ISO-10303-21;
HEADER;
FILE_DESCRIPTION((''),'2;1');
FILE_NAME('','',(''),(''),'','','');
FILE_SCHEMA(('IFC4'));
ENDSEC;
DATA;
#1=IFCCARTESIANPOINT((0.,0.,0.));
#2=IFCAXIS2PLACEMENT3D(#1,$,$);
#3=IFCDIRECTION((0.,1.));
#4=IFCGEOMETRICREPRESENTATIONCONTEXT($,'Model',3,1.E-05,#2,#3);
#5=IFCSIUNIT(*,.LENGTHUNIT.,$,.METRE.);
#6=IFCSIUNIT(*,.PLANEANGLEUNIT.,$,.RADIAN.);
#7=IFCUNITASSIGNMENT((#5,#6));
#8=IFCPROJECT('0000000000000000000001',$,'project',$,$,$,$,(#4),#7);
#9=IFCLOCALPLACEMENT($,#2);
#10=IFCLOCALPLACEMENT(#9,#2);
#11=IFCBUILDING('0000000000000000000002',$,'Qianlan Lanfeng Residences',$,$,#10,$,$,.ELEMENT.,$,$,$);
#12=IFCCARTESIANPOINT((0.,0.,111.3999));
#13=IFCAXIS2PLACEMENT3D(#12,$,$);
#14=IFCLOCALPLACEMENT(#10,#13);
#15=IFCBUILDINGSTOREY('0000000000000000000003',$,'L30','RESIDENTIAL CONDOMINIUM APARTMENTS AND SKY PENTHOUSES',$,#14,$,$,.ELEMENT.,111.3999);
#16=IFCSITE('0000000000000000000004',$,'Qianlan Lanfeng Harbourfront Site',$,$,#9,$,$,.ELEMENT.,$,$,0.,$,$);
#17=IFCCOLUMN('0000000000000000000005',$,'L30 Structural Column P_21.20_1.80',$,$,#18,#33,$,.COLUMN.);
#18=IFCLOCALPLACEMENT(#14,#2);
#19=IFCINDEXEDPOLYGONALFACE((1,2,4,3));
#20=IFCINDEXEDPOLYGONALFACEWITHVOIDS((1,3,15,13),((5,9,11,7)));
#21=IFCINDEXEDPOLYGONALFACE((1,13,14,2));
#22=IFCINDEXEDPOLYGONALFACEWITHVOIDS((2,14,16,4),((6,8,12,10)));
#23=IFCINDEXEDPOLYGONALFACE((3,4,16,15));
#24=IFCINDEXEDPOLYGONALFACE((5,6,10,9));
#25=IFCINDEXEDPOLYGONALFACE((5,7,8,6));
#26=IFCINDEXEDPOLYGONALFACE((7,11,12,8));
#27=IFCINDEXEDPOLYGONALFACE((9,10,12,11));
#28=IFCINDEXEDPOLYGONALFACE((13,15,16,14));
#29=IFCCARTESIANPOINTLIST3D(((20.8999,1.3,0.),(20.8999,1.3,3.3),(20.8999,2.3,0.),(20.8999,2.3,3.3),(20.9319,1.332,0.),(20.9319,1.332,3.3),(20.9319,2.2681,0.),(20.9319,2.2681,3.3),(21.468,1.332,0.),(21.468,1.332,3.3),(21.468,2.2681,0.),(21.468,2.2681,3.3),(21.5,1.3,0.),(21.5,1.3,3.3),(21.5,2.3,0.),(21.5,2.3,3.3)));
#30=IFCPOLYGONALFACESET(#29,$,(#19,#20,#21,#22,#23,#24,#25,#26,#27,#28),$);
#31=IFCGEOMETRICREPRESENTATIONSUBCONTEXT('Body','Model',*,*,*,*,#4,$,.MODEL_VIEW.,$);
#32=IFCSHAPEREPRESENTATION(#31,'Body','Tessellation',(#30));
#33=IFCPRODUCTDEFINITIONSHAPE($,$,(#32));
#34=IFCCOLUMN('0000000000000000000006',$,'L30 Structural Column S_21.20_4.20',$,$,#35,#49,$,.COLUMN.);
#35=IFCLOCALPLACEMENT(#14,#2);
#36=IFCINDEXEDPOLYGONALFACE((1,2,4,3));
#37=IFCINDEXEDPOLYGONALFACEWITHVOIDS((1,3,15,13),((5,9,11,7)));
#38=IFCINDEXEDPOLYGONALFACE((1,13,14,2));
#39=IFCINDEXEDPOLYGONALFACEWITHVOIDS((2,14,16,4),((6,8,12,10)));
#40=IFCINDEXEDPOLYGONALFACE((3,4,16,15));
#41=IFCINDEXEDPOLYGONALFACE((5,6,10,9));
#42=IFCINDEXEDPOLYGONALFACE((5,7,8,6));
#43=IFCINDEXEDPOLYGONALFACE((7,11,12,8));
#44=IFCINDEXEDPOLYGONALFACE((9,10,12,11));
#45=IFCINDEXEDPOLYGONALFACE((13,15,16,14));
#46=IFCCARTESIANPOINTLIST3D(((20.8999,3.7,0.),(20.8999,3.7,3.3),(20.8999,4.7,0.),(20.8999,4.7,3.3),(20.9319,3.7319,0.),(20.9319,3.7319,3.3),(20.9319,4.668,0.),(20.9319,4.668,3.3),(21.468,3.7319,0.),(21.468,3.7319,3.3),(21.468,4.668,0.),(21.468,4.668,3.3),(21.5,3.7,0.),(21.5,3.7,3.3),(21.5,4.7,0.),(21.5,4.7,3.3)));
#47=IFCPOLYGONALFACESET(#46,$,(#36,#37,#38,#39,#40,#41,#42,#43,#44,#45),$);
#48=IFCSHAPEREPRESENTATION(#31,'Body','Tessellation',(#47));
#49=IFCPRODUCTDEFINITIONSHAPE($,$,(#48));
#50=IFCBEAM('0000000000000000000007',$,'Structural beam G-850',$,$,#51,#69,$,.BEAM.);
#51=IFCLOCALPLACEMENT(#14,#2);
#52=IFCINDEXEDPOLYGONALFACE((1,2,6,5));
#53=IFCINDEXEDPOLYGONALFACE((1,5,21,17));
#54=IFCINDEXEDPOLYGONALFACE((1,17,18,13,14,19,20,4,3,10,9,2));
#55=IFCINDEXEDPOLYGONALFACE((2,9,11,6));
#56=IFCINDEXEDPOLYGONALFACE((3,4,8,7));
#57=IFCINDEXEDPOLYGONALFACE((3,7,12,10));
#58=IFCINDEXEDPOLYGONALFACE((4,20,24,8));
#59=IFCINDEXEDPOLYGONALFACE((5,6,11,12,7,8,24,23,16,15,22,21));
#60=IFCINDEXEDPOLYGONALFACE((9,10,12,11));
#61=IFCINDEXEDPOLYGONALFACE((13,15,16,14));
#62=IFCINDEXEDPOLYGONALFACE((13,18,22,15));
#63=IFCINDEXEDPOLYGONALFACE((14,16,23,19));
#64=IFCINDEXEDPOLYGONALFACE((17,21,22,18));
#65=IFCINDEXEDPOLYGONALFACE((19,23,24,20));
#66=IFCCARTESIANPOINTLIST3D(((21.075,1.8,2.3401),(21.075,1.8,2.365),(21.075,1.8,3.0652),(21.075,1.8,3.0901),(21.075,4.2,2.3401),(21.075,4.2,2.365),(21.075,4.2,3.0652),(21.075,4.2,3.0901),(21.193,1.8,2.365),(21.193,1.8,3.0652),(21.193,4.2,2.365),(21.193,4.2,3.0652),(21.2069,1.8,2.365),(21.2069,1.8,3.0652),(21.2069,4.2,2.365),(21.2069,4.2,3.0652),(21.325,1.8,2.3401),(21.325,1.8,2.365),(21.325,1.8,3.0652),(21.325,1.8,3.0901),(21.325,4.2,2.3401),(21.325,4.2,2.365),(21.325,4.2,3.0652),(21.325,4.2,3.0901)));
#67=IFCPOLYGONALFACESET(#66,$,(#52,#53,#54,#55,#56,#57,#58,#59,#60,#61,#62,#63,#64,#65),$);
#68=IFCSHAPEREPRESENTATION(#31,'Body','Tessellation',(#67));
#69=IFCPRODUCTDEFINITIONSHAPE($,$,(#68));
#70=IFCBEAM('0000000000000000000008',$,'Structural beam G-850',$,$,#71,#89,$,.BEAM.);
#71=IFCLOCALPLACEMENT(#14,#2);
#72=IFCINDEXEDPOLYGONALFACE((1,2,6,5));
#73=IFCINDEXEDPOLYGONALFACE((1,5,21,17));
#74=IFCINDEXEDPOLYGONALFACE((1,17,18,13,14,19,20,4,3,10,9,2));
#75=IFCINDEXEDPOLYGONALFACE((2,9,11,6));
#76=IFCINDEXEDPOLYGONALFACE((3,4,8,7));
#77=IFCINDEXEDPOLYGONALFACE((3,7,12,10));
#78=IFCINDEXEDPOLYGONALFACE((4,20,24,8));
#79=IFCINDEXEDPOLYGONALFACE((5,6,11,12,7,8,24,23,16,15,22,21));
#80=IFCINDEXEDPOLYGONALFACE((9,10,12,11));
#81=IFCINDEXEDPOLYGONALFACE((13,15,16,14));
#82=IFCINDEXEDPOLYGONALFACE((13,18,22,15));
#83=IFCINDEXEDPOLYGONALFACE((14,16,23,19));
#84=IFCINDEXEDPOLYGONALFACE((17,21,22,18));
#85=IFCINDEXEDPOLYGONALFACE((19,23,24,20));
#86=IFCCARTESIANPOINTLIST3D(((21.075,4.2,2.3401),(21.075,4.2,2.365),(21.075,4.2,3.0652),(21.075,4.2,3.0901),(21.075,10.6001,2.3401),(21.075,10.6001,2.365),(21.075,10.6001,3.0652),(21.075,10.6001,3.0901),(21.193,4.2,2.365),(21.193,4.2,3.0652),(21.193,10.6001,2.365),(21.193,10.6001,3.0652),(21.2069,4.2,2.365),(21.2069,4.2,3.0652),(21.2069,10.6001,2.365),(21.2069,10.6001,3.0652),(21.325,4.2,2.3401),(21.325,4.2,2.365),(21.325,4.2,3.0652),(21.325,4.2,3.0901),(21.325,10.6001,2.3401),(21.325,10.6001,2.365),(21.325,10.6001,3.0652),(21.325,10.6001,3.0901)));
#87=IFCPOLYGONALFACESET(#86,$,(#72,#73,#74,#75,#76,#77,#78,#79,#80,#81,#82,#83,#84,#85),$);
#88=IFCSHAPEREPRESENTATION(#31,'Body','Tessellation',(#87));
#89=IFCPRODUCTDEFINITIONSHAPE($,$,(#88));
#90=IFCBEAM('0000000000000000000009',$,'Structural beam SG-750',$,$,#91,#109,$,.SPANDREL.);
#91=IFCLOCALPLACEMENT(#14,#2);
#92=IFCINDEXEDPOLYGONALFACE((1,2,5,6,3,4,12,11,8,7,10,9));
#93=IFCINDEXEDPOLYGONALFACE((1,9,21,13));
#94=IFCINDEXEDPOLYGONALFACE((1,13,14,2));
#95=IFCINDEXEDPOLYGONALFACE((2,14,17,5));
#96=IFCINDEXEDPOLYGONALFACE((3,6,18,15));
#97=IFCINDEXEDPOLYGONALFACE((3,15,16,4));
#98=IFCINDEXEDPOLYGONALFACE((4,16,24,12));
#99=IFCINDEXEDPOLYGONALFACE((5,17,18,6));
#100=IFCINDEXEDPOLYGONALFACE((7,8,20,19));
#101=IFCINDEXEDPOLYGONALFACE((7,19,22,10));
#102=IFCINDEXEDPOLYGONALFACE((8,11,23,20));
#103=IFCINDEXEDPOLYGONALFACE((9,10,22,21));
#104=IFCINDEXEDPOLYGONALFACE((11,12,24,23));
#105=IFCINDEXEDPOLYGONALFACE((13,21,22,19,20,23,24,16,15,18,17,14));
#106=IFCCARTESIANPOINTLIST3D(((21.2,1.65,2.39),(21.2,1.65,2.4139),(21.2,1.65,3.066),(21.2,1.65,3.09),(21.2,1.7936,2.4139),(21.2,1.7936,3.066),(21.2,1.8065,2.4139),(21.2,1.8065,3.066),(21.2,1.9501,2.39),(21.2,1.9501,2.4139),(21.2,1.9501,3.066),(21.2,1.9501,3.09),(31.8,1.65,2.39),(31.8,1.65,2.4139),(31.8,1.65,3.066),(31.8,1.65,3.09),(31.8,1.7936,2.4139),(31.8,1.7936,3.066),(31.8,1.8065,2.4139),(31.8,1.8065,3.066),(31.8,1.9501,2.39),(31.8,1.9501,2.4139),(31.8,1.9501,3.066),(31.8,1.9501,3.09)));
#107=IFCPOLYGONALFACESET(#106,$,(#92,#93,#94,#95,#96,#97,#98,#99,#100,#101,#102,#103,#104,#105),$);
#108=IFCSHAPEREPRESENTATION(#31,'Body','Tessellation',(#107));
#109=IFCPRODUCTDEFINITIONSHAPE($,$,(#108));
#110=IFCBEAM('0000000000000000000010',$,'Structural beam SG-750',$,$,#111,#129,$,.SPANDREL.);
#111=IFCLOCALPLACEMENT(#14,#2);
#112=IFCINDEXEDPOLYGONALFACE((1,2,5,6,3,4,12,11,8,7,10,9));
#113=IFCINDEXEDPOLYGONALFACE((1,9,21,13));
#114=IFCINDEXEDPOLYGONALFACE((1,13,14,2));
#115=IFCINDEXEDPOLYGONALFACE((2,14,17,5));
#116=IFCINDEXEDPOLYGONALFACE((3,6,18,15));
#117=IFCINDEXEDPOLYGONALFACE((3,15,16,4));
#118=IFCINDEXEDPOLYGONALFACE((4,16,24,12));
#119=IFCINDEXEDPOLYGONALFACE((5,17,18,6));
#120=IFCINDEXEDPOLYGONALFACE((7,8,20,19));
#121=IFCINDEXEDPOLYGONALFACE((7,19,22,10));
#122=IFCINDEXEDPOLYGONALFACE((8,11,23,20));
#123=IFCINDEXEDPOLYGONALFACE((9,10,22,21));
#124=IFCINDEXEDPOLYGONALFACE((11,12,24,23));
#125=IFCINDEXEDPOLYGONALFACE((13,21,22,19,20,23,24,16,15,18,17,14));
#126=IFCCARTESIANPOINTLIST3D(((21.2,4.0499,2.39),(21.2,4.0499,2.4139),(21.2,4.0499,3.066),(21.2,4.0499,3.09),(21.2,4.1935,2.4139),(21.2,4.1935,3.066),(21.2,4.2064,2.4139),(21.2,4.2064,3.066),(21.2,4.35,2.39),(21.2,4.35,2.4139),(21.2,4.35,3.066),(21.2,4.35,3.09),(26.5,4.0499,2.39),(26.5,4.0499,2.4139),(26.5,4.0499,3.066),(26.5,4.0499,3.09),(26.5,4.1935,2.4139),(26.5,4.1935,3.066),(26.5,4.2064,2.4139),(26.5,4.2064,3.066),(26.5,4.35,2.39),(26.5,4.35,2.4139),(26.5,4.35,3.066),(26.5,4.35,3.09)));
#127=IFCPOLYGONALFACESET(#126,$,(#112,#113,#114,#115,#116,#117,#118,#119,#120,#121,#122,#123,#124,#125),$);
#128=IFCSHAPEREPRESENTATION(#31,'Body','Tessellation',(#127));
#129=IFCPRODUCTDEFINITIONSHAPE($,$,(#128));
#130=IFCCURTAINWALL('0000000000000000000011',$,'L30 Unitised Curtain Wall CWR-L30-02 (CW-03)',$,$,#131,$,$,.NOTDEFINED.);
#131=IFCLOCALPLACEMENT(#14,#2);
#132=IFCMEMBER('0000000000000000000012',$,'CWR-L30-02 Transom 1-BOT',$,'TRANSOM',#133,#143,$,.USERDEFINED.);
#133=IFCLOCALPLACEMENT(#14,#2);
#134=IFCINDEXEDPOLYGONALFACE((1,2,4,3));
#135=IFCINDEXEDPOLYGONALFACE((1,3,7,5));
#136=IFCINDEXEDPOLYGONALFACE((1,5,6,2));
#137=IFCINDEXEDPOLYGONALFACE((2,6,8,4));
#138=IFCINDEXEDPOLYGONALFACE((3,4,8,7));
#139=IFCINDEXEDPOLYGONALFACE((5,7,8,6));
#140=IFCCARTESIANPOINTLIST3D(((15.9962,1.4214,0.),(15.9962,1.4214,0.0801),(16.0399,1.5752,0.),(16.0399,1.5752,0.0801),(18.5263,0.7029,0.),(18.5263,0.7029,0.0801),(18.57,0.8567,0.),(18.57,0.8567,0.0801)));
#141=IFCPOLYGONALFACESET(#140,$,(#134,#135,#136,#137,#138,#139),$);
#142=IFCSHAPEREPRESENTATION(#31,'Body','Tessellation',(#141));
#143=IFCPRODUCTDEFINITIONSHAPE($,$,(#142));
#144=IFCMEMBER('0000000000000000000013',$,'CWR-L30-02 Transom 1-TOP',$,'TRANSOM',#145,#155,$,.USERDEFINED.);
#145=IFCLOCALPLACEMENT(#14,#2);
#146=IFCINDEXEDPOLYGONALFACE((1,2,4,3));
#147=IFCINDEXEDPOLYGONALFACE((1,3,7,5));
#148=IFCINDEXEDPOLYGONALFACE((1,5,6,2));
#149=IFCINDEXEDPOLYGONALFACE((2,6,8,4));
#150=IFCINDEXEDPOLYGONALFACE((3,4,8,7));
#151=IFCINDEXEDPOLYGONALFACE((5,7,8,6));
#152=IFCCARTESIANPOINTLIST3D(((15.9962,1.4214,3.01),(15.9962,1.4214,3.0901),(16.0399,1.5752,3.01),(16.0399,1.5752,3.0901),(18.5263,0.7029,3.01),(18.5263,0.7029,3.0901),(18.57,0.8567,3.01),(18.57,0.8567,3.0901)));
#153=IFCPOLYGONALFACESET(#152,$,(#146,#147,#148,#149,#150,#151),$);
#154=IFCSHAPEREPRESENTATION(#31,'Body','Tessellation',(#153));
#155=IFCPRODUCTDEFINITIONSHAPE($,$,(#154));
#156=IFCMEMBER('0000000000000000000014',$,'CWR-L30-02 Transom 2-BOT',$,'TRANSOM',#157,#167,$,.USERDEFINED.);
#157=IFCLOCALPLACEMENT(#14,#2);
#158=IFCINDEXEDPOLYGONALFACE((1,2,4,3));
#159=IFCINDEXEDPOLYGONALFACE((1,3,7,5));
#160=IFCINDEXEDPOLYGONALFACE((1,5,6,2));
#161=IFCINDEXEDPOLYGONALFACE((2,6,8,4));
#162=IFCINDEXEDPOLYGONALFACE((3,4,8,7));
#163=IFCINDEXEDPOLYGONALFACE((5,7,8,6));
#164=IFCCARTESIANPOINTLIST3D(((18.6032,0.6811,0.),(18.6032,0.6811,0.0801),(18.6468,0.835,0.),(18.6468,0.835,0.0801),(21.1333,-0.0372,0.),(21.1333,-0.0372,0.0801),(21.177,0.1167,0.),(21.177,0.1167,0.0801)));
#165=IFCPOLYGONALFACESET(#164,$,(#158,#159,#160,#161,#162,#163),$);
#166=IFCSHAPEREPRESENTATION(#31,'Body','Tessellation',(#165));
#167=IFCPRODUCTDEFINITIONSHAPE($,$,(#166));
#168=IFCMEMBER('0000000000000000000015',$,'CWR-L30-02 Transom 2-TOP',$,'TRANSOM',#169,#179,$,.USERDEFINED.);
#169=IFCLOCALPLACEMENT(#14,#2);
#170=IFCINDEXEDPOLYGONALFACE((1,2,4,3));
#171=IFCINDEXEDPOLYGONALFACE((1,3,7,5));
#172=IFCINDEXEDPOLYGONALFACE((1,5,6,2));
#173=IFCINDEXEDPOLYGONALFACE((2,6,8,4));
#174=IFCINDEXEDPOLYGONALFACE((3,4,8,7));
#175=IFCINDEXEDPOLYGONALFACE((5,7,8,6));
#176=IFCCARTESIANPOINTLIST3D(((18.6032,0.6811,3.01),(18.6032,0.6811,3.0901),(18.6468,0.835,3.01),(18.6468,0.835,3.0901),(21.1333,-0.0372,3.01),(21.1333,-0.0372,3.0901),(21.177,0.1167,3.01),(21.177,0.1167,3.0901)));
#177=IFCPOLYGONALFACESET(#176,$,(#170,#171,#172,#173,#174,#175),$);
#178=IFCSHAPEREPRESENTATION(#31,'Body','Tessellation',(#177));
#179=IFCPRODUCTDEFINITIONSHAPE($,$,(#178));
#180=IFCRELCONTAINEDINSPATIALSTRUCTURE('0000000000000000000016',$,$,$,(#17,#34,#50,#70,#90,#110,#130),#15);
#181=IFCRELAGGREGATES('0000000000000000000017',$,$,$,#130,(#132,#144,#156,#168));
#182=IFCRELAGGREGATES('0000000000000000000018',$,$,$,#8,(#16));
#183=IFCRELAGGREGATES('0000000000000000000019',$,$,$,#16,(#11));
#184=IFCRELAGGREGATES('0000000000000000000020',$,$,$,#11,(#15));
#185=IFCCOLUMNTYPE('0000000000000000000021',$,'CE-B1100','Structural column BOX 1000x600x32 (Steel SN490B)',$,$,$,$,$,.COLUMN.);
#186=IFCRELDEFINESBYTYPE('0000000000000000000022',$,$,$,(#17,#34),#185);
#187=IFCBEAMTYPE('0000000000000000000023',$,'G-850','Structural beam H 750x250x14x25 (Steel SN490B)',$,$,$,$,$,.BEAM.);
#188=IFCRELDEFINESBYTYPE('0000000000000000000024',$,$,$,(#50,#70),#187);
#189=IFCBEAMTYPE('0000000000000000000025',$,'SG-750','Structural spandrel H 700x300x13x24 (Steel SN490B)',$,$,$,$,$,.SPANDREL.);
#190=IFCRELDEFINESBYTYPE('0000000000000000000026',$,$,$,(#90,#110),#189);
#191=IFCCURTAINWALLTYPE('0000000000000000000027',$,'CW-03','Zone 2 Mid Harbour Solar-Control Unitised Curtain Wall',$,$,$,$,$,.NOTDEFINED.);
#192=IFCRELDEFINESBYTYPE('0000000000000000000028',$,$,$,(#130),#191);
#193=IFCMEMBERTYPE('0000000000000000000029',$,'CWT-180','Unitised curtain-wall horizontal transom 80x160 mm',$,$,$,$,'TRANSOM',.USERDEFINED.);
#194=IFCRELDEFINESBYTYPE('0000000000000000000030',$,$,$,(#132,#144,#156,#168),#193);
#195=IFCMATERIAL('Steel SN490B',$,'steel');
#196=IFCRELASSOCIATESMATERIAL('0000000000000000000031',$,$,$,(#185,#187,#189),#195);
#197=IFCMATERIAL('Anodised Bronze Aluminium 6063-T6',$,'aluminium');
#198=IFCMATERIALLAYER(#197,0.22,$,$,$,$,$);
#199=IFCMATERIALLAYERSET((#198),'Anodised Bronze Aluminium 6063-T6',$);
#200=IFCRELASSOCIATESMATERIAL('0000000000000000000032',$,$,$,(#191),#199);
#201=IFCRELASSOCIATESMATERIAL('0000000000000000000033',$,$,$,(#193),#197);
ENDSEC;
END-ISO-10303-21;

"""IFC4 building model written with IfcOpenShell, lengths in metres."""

from ifc_helpers import new_model, si_unit, direction, frame, origin, origin_2d, place, context, subcontext, project, spatial, rectangle, hollow_rectangle, i_section, extrude, source, transform, mapped, material, layer, layer_set, material_profile, profile_set, type_object, element, aggregate, save


model = new_model("IFC4")

# Units and contexts
model_context = context("Model", 3, precision=1e-05, world=origin(), true_north=direction((0.0, 1.0)))
body_context = subcontext(model_context, "Body", "Model", "MODEL_VIEW")
ifc_project = project(units=[si_unit("LENGTHUNIT", "METRE"), si_unit("PLANEANGLEUNIT", "RADIAN")], contexts=[model_context])

# Site, building, storey
site_placement = place(None, origin())
site = spatial("IfcSite", under=ifc_project, at=site_placement, Name="Qianlan Lanfeng Harbourfront Site", CompositionType="ELEMENT", RefElevation=0.0)
building_placement = place(site_placement, origin())
building = spatial("IfcBuilding", under=site, at=building_placement, Name="Qianlan Lanfeng Residences", CompositionType="ELEMENT")
storey_placement = place(building_placement, frame((0.0, 0.0, 111.3999)))
storey = spatial("IfcBuildingStorey", under=building, at=storey_placement, Name="L30", Description="RESIDENTIAL CONDOMINIUM APARTMENTS AND SKY PENTHOUSES", CompositionType="ELEMENT", Elevation=111.3999)

# Columns
ifc_material_1 = material(Name="Steel SN490B", Category="steel")
ifc_material_profile_1 = material_profile(ifc_material_1, hollow_rectangle(XDim=0.6001, YDim=1.0, WallThickness=0.032, at=origin_2d()), Name="BOX 1000x600x32")
ifc_profile_set_1 = profile_set([ifc_material_profile_1], Name="Steel SN490B")
column_type = type_object("IfcColumnType", Name="CE-B1100", Description="Structural column BOX 1000x600x32 (Steel SN490B)", PredefinedType="COLUMN", material=ifc_profile_set_1)
for number, where, z_axis, x_axis, name in (
    (1, (21.2, 1.8, 0.0), (0.0, 0.0, 1.0), (1.0, 0.0, 0.0), "L30 Structural Column P_21.20_1.80"),
    (2, (21.2, 4.2, 0.0), (0.0, 0.0, 1.0), (1.0, 0.0, 0.0), "L30 Structural Column S_21.20_4.20"),
):
    element("IfcColumn", number, at=place(storey_placement, frame(where, z_axis=z_axis, x_axis=x_axis)), inside=storey, type_object=column_type, Name=name, PredefinedType="COLUMN", context=body_context, shape_type="SweptSolid", body=[
        extrude(hollow_rectangle(XDim=0.6001, YDim=1.0, WallThickness=0.032, at=origin_2d()), origin(), (0.0, 0.0, 1.0), 3.3),
    ])

# Beams
ifc_material_profile_2 = material_profile(ifc_material_1, i_section(OverallWidth=0.25, OverallDepth=0.75, WebThickness=0.0139, FlangeThickness=0.0249, at=origin_2d()), Name="H 750x250x14x25")
ifc_profile_set_2 = profile_set([ifc_material_profile_2], Name="Steel SN490B")
beam_type_1 = type_object("IfcBeamType", Name="G-850", Description="Structural beam H 750x250x14x25 (Steel SN490B)", PredefinedType="BEAM", material=ifc_profile_set_2)
beam_1_placement = place(storey_placement, frame((21.2, 1.8, 2.7151), z_axis=(0.0, 1.0, 0.0), x_axis=(-1.0, 0.0, 0.0)))
element("IfcBeam", 3, at=beam_1_placement, inside=storey, type_object=beam_type_1, Name="Structural beam G-850", PredefinedType="BEAM", context=body_context, shape_type="SweptSolid", body=[
    extrude(i_section(OverallWidth=0.25, OverallDepth=0.75, WebThickness=0.0139, FlangeThickness=0.0249, at=origin_2d()), origin(), (0.0, 0.0, 1.0), 2.3999),
])
beam_2_placement = place(storey_placement, frame((21.2, 4.2, 2.7151), z_axis=(0.0, 1.0, 0.0), x_axis=(-1.0, 0.0, 0.0)))
element("IfcBeam", 4, at=beam_2_placement, inside=storey, type_object=beam_type_1, Name="Structural beam G-850", PredefinedType="BEAM", context=body_context, shape_type="SweptSolid", body=[
    extrude(i_section(OverallWidth=0.25, OverallDepth=0.75, WebThickness=0.0139, FlangeThickness=0.0249, at=origin_2d()), origin(), (0.0, 0.0, 1.0), 6.4001),
])
ifc_material_profile_3 = material_profile(ifc_material_1, i_section(OverallWidth=0.3, OverallDepth=0.7, WebThickness=0.0129, FlangeThickness=0.0239, at=origin_2d()), Name="H 700x300x13x24")
ifc_profile_set_3 = profile_set([ifc_material_profile_3], Name="Steel SN490B")
beam_type_2 = type_object("IfcBeamType", Name="SG-750", Description="Structural spandrel H 700x300x13x24 (Steel SN490B)", PredefinedType="SPANDREL", material=ifc_profile_set_3)
beam_3_placement = place(storey_placement, frame((21.2, 1.8, 2.74), z_axis=(1.0, 0.0, 0.0), x_axis=(0.0, 1.0, 0.0)))
element("IfcBeam", 5, at=beam_3_placement, inside=storey, type_object=beam_type_2, Name="Structural beam SG-750", PredefinedType="SPANDREL", context=body_context, shape_type="SweptSolid", body=[
    extrude(i_section(OverallWidth=0.3, OverallDepth=0.7, WebThickness=0.0129, FlangeThickness=0.0239, at=origin_2d()), origin(), (0.0, 0.0, 1.0), 10.6001),
])
beam_4_placement = place(storey_placement, frame((21.2, 4.2, 2.74), z_axis=(1.0, 0.0, 0.0), x_axis=(0.0, 1.0, 0.0)))
element("IfcBeam", 6, at=beam_4_placement, inside=storey, type_object=beam_type_2, Name="Structural beam SG-750", PredefinedType="SPANDREL", context=body_context, shape_type="SweptSolid", body=[
    extrude(i_section(OverallWidth=0.3, OverallDepth=0.7, WebThickness=0.0129, FlangeThickness=0.0239, at=origin_2d()), origin(), (0.0, 0.0, 1.0), 5.3),
])

# Curtain wall, members
ifc_material_2 = material(Name="Anodised Bronze Aluminium 6063-T6", Category="aluminium")
ifc_layer_1 = layer(ifc_material_2, 0.22)
ifc_layer_set_1 = layer_set([ifc_layer_1], Name="Anodised Bronze Aluminium 6063-T6")
curtain_wall_type = type_object("IfcCurtainWallType", Name="CW-03", Description="Zone 2 Mid Harbour Solar-Control Unitised Curtain Wall", PredefinedType="NOTDEFINED", material=ifc_layer_set_1)
curtain_wall_placement = place(storey_placement, origin())
curtain_wall = element("IfcCurtainWall", 7, at=curtain_wall_placement, inside=storey, type_object=curtain_wall_type, Name="L30 Unitised Curtain Wall CWR-L30-02 (CW-03)", PredefinedType="NOTDEFINED")
ifc_material_profile_4 = material_profile(ifc_material_2, rectangle(XDim=0.0801, YDim=0.1599, at=origin_2d()), Name="ALU TRANSOM 80x160")
ifc_profile_set_4 = profile_set([ifc_material_profile_4], Name="Anodised Bronze Aluminium 6063-T6")
member_type_1 = type_object("IfcMemberType", Name="CWT-180", Description="Unitised curtain-wall horizontal transom 80x160 mm", ElementType="TRANSOM", PredefinedType="USERDEFINED", material=ifc_profile_set_4)
shared_shape_1 = source(origin(), body_context, "Body", "SweptSolid", [
    extrude(rectangle(XDim=0.0801, YDim=0.1599, at=origin_2d()), origin(), (0.0, 0.0, 1.0), 2.6301),
])
member_1_placement = place(storey_placement, frame((16.0181, 1.4983, 0.04), z_axis=(0.961961, -0.273188, 0.0), x_axis=(0.0, 0.0, 1.0)))
member_1 = element("IfcMember", 8, at=member_1_placement, type_object=member_type_1, Name="CWR-L30-02 Transom 1-BOT", ObjectType="TRANSOM", PredefinedType="USERDEFINED", context=body_context, shape_type="MappedRepresentation", body=[
    mapped(shared_shape_1, transform((0.0, 0.0, 0.0), scale=1.0)),
])
member_2_placement = place(storey_placement, frame((16.0181, 1.4983, 3.05), z_axis=(0.961961, -0.273188, 0.0), x_axis=(0.0, 0.0, 1.0)))
member_2 = element("IfcMember", 9, at=member_2_placement, type_object=member_type_1, Name="CWR-L30-02 Transom 1-TOP", ObjectType="TRANSOM", PredefinedType="USERDEFINED", context=body_context, shape_type="MappedRepresentation", body=[
    mapped(shared_shape_1, transform((0.0, 0.0, 0.0), scale=1.0)),
])
member_3_placement = place(storey_placement, frame((18.625, 0.7581, 0.04), z_axis=(0.961985, -0.273102, 0.0), x_axis=(0.0, 0.0, 1.0)))
member_3 = element("IfcMember", 10, at=member_3_placement, type_object=member_type_1, Name="CWR-L30-02 Transom 2-BOT", ObjectType="TRANSOM", PredefinedType="USERDEFINED", context=body_context, shape_type="MappedRepresentation", body=[
    mapped(shared_shape_1, transform((0.0, 0.0, 0.0), scale=1.0)),
])
member_4_placement = place(storey_placement, frame((18.625, 0.7581, 3.05), z_axis=(0.961985, -0.273102, 0.0), x_axis=(0.0, 0.0, 1.0)))
member_4 = element("IfcMember", 11, at=member_4_placement, type_object=member_type_1, Name="CWR-L30-02 Transom 2-TOP", ObjectType="TRANSOM", PredefinedType="USERDEFINED", context=body_context, shape_type="MappedRepresentation", body=[
    mapped(shared_shape_1, transform((0.0, 0.0, 0.0), scale=1.0)),
])
aggregate(curtain_wall, [member_1, member_2, member_3, member_4])

save(model, "model.ifc")
